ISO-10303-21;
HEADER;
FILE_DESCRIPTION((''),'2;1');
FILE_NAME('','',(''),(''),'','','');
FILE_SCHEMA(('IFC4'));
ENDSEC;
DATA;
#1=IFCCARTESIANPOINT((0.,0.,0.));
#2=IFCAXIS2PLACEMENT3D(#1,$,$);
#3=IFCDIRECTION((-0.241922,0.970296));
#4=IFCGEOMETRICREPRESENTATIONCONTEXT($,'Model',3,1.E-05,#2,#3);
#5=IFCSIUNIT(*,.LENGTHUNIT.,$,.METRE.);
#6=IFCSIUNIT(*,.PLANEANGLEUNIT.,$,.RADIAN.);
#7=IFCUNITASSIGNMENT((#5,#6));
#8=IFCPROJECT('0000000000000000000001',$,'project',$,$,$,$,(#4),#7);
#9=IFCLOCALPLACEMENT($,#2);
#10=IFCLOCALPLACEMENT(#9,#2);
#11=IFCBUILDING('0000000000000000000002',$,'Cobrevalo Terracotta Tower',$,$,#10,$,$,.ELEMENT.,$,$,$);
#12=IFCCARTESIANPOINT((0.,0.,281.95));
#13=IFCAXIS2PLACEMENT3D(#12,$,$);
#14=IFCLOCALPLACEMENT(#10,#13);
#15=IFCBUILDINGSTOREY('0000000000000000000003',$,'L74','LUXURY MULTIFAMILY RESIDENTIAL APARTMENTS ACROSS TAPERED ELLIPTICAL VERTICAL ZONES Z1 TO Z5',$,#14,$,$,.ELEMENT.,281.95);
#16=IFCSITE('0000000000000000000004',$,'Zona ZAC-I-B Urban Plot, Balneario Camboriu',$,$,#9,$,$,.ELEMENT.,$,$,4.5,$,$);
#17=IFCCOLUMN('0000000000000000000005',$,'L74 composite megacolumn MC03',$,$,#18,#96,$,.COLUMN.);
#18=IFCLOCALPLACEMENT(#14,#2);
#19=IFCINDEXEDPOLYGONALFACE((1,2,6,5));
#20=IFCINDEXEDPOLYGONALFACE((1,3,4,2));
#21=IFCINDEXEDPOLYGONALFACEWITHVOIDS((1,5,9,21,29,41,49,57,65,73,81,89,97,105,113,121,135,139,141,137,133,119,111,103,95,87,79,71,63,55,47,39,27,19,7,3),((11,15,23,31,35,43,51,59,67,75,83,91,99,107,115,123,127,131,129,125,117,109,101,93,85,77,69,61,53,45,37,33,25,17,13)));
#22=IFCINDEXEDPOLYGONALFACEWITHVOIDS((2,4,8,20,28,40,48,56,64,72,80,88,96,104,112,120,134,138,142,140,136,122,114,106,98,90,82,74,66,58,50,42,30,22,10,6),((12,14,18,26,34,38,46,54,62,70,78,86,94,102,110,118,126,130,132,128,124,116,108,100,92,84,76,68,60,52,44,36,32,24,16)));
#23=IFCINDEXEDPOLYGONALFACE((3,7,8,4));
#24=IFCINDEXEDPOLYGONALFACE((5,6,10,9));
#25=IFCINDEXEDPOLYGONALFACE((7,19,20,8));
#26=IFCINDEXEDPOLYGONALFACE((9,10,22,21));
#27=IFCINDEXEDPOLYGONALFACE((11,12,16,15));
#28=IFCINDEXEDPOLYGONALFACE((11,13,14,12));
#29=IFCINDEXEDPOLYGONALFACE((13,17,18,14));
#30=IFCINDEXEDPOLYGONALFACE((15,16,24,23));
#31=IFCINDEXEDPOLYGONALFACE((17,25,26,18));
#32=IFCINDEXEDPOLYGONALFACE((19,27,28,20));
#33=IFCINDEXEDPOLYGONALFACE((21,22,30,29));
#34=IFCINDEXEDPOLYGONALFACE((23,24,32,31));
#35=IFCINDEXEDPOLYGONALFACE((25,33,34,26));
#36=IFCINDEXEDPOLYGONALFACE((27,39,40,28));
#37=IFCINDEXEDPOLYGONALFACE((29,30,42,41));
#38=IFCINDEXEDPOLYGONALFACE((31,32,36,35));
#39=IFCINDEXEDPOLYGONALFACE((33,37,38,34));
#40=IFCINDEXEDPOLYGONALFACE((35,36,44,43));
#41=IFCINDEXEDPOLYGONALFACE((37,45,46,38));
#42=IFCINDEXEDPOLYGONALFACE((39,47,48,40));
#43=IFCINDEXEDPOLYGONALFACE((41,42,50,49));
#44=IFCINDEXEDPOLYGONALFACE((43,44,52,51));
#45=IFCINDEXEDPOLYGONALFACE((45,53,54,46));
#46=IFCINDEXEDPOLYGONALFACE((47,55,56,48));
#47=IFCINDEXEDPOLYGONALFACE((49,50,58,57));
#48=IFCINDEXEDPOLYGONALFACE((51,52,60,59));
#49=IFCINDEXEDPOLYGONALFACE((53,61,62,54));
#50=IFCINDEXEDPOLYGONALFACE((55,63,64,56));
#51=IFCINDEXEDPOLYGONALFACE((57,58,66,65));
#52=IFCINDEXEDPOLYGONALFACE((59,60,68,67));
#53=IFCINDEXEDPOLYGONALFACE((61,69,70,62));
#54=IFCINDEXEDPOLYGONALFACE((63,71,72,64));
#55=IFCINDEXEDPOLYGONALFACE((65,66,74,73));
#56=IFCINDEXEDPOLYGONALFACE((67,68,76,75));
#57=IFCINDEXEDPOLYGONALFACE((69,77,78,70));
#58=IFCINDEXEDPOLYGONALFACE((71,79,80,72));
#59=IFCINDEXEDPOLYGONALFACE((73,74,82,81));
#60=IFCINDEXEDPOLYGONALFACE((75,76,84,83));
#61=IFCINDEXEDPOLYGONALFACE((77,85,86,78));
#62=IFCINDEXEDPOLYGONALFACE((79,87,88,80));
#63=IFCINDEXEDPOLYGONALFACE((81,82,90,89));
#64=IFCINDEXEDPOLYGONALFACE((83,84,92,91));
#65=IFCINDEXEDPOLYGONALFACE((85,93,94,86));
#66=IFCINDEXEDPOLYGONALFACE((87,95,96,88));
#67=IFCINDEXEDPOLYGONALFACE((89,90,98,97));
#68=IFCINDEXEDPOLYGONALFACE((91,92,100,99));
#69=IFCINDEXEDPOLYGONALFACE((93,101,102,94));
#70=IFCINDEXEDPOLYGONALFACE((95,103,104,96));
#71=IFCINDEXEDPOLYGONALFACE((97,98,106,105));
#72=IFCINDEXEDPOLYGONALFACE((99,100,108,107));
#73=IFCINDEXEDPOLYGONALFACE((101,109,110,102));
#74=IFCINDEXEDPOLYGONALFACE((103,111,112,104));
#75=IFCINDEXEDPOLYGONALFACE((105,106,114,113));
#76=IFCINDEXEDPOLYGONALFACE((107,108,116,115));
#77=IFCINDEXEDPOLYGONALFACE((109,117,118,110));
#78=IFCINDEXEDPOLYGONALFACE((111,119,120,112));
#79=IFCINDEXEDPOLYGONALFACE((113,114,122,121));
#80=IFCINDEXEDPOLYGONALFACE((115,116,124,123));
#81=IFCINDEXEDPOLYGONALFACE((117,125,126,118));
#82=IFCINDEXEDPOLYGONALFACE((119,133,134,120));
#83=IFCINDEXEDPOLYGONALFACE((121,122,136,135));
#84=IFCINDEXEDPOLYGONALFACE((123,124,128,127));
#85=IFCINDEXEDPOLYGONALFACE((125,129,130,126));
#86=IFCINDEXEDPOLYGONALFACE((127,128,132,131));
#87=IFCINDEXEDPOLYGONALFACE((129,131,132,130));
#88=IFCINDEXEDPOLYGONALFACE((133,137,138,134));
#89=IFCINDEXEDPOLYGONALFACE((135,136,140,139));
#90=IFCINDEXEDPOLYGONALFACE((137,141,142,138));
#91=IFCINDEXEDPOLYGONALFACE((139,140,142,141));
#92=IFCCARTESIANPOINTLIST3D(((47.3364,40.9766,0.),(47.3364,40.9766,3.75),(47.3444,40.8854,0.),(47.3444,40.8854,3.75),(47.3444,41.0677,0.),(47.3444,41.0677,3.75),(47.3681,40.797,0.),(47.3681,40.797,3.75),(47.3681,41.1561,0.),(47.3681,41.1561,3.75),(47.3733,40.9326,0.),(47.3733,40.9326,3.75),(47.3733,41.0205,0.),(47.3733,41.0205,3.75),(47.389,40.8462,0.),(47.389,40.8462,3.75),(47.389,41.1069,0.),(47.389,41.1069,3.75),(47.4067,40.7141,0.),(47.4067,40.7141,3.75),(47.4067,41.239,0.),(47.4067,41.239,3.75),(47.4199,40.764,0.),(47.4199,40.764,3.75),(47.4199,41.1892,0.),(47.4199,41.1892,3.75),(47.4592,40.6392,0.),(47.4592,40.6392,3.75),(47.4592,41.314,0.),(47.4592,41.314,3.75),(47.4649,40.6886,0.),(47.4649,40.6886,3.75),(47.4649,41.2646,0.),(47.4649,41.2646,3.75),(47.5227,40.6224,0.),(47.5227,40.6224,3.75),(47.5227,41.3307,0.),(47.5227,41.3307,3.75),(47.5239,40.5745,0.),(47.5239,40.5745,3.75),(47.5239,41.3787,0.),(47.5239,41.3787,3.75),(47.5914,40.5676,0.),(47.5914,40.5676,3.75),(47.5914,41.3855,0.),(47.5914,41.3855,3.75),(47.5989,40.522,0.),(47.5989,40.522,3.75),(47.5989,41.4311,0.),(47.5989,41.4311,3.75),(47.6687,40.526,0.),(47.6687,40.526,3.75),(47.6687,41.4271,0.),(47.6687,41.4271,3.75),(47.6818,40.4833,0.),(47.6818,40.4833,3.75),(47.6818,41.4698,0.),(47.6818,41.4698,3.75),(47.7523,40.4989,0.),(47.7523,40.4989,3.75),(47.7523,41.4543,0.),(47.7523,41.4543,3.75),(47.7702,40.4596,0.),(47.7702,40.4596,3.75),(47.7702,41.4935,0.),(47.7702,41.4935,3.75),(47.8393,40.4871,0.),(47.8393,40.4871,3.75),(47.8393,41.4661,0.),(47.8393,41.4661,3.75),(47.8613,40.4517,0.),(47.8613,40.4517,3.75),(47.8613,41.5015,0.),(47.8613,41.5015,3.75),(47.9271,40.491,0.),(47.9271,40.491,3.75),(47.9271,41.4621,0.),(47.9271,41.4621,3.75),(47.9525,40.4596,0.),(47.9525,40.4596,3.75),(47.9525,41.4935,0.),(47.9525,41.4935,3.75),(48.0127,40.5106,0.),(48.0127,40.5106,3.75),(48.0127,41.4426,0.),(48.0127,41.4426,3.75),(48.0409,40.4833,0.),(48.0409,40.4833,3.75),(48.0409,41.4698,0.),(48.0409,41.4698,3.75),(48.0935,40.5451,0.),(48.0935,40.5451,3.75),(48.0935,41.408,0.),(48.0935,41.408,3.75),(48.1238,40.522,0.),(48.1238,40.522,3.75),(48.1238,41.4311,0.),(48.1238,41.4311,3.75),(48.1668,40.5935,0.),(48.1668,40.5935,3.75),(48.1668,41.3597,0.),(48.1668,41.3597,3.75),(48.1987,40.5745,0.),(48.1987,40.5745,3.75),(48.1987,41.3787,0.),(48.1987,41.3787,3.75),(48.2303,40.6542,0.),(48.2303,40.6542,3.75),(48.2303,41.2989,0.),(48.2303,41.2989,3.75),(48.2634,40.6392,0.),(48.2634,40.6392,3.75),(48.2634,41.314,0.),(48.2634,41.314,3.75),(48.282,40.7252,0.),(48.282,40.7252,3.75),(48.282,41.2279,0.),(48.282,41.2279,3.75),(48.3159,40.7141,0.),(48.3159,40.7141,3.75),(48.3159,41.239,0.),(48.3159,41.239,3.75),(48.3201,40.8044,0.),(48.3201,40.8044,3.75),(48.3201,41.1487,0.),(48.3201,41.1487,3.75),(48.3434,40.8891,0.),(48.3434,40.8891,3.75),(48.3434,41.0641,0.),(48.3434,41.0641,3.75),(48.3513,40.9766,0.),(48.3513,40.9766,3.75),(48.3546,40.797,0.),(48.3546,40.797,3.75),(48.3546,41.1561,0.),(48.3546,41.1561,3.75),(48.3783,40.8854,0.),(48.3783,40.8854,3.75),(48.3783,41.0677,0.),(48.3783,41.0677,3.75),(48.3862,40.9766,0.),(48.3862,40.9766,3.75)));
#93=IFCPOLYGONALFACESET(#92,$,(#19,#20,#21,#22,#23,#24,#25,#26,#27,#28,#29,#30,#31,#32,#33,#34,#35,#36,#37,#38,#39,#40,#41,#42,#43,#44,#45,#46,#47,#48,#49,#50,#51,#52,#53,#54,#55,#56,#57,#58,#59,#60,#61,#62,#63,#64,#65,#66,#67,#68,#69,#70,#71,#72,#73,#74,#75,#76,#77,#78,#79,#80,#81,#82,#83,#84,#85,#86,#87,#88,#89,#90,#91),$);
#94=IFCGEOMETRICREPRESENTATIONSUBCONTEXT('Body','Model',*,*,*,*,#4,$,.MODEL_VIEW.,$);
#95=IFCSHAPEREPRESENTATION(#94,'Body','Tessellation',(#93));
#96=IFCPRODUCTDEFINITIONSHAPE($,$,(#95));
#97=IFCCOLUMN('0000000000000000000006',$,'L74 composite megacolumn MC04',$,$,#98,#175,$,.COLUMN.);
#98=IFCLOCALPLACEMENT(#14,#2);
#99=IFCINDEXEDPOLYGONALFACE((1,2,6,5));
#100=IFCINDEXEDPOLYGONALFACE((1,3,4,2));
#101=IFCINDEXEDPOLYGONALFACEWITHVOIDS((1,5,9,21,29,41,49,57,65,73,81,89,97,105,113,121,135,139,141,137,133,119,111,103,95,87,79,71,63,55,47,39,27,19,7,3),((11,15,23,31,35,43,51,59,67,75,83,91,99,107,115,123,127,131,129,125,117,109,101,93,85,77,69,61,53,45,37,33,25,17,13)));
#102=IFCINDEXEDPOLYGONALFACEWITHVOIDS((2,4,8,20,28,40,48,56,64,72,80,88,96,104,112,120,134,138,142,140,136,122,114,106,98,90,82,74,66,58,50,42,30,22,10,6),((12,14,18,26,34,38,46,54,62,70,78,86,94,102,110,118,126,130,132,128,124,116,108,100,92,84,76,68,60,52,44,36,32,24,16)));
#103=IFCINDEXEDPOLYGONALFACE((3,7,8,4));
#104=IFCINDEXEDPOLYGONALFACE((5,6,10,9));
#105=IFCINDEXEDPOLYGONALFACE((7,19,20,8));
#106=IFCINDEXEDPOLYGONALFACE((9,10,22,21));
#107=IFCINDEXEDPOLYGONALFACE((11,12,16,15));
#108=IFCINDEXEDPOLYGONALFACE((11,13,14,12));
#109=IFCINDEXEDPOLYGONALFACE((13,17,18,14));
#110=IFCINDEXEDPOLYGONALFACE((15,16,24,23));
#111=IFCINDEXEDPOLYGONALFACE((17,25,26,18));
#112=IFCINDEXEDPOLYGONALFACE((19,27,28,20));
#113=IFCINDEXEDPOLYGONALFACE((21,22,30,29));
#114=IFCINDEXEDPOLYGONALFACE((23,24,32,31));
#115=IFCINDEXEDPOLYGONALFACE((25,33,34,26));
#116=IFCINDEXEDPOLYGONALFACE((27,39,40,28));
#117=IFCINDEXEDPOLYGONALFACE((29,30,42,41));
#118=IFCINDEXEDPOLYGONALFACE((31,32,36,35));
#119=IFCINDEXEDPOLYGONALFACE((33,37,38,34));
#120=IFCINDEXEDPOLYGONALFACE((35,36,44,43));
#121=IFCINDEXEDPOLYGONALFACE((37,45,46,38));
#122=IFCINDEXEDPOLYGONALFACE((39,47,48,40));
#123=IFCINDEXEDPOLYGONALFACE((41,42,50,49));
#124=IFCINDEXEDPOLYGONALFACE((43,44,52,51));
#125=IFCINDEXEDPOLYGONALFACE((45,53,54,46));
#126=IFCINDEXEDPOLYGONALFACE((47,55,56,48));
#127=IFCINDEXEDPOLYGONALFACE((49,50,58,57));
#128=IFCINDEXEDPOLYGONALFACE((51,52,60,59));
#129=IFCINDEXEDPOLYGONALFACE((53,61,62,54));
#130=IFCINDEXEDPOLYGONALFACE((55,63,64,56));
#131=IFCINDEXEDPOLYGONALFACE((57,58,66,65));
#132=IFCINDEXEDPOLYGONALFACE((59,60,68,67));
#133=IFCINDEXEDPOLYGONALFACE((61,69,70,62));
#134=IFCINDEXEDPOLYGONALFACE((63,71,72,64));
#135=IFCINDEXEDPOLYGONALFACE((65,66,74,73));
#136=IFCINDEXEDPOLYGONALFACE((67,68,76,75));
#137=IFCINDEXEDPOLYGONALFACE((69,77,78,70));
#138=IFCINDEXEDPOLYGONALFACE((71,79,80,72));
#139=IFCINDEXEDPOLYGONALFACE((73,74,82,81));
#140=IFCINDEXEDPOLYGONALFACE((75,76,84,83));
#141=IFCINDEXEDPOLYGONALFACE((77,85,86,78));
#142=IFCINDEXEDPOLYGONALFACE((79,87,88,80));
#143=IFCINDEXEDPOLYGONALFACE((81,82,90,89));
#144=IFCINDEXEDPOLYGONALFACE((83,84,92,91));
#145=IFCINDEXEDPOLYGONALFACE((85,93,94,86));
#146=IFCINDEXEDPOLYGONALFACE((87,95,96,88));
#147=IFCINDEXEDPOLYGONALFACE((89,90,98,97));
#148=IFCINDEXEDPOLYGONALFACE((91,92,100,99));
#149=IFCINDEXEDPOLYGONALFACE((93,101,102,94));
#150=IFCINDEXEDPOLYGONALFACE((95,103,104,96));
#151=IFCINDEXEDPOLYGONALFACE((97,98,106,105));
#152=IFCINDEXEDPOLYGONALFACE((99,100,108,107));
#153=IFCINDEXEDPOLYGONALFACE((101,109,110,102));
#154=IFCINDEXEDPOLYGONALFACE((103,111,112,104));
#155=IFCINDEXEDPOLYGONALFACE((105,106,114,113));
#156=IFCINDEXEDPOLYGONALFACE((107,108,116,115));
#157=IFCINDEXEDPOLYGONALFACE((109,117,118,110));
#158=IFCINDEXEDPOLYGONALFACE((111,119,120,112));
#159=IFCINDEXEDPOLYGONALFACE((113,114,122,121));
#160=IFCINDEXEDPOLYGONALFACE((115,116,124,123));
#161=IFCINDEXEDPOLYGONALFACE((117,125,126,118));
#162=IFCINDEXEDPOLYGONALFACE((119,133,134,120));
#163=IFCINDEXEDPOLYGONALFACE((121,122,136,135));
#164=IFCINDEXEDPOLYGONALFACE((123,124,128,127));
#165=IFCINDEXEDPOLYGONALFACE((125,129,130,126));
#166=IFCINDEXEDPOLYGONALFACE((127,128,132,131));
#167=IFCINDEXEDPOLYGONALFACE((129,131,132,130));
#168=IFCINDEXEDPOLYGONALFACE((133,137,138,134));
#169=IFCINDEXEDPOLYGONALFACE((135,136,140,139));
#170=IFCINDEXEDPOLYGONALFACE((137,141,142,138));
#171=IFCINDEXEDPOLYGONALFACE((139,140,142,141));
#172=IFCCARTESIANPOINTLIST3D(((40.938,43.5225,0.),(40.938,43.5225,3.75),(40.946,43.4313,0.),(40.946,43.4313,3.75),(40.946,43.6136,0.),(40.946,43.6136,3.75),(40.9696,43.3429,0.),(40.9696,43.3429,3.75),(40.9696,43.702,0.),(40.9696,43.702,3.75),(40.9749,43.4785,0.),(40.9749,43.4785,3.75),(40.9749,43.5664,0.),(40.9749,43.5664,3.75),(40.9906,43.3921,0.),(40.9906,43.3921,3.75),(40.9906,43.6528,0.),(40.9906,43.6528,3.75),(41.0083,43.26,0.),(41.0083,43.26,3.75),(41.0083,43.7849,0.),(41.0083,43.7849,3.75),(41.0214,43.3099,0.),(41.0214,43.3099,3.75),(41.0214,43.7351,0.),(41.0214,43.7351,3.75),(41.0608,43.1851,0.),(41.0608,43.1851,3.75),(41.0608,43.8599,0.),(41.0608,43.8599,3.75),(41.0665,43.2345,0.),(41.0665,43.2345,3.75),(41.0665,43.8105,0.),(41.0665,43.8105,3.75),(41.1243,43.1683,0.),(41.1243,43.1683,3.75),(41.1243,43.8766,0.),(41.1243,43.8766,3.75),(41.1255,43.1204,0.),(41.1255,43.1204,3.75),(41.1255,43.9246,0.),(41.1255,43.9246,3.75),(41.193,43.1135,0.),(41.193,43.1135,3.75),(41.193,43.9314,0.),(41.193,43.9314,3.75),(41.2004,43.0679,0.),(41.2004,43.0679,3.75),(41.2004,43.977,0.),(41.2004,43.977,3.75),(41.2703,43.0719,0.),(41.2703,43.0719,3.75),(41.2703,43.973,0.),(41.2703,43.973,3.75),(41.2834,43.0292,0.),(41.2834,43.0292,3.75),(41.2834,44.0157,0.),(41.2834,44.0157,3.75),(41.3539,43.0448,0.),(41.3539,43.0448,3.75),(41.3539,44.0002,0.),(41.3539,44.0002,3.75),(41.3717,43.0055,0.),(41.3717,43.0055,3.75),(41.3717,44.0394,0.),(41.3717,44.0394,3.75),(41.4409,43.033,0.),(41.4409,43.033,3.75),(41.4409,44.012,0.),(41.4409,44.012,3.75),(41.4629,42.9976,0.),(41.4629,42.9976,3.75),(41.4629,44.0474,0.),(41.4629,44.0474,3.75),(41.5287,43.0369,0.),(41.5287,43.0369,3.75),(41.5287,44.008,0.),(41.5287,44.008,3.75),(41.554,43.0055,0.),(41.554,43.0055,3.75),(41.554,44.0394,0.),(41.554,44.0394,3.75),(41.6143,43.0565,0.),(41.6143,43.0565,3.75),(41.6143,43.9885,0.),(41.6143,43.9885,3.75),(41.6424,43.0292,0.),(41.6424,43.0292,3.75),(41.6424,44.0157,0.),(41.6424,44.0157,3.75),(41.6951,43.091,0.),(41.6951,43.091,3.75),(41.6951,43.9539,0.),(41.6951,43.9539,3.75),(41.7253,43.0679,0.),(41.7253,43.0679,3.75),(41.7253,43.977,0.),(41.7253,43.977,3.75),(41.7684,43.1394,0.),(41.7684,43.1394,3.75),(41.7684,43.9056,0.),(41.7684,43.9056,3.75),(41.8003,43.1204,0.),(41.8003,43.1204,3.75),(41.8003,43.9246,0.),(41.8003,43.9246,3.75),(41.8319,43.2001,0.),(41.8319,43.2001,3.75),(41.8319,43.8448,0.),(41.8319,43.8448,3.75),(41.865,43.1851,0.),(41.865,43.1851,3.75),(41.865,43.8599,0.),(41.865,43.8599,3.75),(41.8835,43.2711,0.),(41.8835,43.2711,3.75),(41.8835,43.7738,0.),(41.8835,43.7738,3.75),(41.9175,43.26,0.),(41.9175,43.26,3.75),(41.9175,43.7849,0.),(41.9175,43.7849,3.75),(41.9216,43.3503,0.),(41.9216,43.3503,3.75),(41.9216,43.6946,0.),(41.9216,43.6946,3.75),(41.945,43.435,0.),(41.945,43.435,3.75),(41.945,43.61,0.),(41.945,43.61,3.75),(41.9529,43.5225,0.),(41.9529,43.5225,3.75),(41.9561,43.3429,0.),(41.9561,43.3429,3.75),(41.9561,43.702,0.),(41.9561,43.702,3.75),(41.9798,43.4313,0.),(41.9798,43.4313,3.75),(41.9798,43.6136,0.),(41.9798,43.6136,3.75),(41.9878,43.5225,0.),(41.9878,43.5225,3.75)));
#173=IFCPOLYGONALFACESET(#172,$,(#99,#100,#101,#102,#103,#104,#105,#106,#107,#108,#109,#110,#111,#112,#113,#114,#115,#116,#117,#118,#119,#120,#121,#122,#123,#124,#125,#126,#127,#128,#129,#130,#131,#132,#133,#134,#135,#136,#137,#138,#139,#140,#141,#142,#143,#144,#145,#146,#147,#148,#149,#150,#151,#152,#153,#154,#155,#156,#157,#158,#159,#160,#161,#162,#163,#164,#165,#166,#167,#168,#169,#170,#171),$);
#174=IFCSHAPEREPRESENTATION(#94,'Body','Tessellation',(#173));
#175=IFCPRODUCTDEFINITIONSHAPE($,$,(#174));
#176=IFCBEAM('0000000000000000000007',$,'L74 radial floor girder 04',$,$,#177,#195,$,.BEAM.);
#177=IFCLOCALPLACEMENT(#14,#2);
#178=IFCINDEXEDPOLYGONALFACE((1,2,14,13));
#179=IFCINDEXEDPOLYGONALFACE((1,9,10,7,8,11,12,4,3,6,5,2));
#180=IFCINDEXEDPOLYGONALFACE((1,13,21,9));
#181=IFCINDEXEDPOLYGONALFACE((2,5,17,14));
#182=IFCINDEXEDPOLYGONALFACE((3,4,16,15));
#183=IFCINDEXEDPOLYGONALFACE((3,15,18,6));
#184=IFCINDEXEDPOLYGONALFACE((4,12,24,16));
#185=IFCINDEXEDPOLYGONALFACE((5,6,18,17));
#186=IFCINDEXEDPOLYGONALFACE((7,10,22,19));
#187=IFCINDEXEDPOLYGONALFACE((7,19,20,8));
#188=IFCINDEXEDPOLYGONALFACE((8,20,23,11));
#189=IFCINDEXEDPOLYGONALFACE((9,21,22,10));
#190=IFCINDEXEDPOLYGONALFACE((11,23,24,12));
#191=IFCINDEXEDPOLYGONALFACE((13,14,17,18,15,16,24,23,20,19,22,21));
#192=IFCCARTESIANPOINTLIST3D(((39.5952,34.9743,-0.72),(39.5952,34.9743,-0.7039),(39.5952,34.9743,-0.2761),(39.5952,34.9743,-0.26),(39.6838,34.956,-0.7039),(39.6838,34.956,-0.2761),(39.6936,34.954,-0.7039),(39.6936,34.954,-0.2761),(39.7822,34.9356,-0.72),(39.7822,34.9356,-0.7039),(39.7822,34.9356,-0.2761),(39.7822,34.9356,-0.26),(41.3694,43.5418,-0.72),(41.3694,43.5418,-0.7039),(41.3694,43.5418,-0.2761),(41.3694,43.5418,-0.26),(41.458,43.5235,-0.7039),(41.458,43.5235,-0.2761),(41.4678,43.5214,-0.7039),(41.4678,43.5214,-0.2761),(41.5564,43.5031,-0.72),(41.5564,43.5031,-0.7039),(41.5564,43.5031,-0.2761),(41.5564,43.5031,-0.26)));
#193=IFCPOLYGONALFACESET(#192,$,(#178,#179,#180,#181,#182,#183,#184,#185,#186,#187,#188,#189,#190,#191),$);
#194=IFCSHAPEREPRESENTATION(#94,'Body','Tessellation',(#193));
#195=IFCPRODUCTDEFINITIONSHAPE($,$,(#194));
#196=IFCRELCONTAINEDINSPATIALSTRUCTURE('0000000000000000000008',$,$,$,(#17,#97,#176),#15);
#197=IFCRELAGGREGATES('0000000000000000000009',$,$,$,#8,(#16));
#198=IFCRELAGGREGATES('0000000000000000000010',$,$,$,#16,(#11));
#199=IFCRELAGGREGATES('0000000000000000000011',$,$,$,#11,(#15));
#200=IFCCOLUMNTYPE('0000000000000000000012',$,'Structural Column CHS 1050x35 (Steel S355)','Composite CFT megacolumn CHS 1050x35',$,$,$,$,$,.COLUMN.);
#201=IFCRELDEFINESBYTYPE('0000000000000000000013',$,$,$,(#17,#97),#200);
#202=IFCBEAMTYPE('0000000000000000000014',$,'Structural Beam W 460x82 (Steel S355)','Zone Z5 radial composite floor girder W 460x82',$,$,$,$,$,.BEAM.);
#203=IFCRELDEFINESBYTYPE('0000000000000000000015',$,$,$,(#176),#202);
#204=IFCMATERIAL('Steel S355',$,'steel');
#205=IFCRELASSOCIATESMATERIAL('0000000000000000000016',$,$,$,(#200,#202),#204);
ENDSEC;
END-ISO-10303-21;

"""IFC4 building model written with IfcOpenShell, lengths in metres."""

from ifc_helpers import new_model, si_unit, direction, frame, origin, origin_2d, place, context, subcontext, project, spatial, hollow_circle, i_section, extrude, material, material_profile, profile_set, type_object, element, save


model = new_model("IFC4")

# Units and contexts
model_context = context("Model", 3, precision=1e-05, world=origin(), true_north=direction((-0.241922, 0.970296)))
body_context = subcontext(model_context, "Body", "Model", "MODEL_VIEW")
ifc_project = project(units=[si_unit("LENGTHUNIT", "METRE"), si_unit("PLANEANGLEUNIT", "RADIAN")], contexts=[model_context])

# Site, building, storey
site_placement = place(None, origin())
site = spatial("IfcSite", under=ifc_project, at=site_placement, Name="Zona ZAC-I-B Urban Plot, Balneario Camboriu", CompositionType="ELEMENT", RefElevation=4.5)
building_placement = place(site_placement, origin())
building = spatial("IfcBuilding", under=site, at=building_placement, Name="Cobrevalo Terracotta Tower", CompositionType="ELEMENT")
storey_placement = place(building_placement, frame((0.0, 0.0, 281.95)))
storey = spatial("IfcBuildingStorey", under=building, at=storey_placement, Name="L74", Description="LUXURY MULTIFAMILY RESIDENTIAL APARTMENTS ACROSS TAPERED ELLIPTICAL VERTICAL ZONES Z1 TO Z5", CompositionType="ELEMENT", Elevation=281.95)

# Columns
ifc_material_1 = material(Name="Steel S355", Category="steel")
ifc_material_profile_1 = material_profile(ifc_material_1, hollow_circle(Radius=0.5249, WallThickness=0.0349, at=origin_2d()), Name="CHS 1050x35")
ifc_profile_set_1 = profile_set([ifc_material_profile_1], Name="Steel S355")
column_type = type_object("IfcColumnType", Name="Structural Column CHS 1050x35 (Steel S355)", Description="Composite CFT megacolumn CHS 1050x35", PredefinedType="COLUMN", material=ifc_profile_set_1)
for number, where, z_axis, x_axis, name in (
    (1, (47.8613, 40.9766, 0.0), (0.0, 0.0, 1.0), (1.0, 0.0, 0.0), "L74 composite megacolumn MC03"),
    (2, (41.4629, 43.5225, 0.0), (0.0, 0.0, 1.0), (1.0, 0.0, 0.0), "L74 composite megacolumn MC04"),
):
    element("IfcColumn", number, at=place(storey_placement, frame(where, z_axis=z_axis, x_axis=x_axis)), inside=storey, type_object=column_type, Name=name, PredefinedType="COLUMN", context=body_context, shape_type="SweptSolid", body=[
        extrude(hollow_circle(Radius=0.5249, WallThickness=0.0349, at=origin_2d()), origin(), (0.0, 0.0, 1.0), 3.75),
    ])

# Beam
ifc_material_profile_2 = material_profile(ifc_material_1, i_section(OverallWidth=0.1909, OverallDepth=0.46, WebThickness=0.01, FlangeThickness=0.0161, at=origin_2d()), Name="W 460x82")
ifc_profile_set_2 = profile_set([ifc_material_profile_2], Name="Steel S355")
beam_type_1 = type_object("IfcBeamType", Name="Structural Beam W 460x82 (Steel S355)", Description="Zone Z5 radial composite floor girder W 460x82", PredefinedType="BEAM", material=ifc_profile_set_2)
beam_1_placement = place(storey_placement, frame((41.4629, 43.5225, -0.49), z_axis=(-0.202782, -0.979224, 0.0), x_axis=(0.979224, -0.202782, 0.0)))
element("IfcBeam", 3, at=beam_1_placement, inside=storey, type_object=beam_type_1, Name="L74 radial floor girder 04", PredefinedType="BEAM", context=body_context, shape_type="SweptSolid", body=[
    extrude(i_section(OverallWidth=0.1909, OverallDepth=0.46, WebThickness=0.01, FlangeThickness=0.0161, at=origin_2d()), origin(), (0.0, 0.0, 1.0), 8.7493),
])

save(model, "model.ifc")
